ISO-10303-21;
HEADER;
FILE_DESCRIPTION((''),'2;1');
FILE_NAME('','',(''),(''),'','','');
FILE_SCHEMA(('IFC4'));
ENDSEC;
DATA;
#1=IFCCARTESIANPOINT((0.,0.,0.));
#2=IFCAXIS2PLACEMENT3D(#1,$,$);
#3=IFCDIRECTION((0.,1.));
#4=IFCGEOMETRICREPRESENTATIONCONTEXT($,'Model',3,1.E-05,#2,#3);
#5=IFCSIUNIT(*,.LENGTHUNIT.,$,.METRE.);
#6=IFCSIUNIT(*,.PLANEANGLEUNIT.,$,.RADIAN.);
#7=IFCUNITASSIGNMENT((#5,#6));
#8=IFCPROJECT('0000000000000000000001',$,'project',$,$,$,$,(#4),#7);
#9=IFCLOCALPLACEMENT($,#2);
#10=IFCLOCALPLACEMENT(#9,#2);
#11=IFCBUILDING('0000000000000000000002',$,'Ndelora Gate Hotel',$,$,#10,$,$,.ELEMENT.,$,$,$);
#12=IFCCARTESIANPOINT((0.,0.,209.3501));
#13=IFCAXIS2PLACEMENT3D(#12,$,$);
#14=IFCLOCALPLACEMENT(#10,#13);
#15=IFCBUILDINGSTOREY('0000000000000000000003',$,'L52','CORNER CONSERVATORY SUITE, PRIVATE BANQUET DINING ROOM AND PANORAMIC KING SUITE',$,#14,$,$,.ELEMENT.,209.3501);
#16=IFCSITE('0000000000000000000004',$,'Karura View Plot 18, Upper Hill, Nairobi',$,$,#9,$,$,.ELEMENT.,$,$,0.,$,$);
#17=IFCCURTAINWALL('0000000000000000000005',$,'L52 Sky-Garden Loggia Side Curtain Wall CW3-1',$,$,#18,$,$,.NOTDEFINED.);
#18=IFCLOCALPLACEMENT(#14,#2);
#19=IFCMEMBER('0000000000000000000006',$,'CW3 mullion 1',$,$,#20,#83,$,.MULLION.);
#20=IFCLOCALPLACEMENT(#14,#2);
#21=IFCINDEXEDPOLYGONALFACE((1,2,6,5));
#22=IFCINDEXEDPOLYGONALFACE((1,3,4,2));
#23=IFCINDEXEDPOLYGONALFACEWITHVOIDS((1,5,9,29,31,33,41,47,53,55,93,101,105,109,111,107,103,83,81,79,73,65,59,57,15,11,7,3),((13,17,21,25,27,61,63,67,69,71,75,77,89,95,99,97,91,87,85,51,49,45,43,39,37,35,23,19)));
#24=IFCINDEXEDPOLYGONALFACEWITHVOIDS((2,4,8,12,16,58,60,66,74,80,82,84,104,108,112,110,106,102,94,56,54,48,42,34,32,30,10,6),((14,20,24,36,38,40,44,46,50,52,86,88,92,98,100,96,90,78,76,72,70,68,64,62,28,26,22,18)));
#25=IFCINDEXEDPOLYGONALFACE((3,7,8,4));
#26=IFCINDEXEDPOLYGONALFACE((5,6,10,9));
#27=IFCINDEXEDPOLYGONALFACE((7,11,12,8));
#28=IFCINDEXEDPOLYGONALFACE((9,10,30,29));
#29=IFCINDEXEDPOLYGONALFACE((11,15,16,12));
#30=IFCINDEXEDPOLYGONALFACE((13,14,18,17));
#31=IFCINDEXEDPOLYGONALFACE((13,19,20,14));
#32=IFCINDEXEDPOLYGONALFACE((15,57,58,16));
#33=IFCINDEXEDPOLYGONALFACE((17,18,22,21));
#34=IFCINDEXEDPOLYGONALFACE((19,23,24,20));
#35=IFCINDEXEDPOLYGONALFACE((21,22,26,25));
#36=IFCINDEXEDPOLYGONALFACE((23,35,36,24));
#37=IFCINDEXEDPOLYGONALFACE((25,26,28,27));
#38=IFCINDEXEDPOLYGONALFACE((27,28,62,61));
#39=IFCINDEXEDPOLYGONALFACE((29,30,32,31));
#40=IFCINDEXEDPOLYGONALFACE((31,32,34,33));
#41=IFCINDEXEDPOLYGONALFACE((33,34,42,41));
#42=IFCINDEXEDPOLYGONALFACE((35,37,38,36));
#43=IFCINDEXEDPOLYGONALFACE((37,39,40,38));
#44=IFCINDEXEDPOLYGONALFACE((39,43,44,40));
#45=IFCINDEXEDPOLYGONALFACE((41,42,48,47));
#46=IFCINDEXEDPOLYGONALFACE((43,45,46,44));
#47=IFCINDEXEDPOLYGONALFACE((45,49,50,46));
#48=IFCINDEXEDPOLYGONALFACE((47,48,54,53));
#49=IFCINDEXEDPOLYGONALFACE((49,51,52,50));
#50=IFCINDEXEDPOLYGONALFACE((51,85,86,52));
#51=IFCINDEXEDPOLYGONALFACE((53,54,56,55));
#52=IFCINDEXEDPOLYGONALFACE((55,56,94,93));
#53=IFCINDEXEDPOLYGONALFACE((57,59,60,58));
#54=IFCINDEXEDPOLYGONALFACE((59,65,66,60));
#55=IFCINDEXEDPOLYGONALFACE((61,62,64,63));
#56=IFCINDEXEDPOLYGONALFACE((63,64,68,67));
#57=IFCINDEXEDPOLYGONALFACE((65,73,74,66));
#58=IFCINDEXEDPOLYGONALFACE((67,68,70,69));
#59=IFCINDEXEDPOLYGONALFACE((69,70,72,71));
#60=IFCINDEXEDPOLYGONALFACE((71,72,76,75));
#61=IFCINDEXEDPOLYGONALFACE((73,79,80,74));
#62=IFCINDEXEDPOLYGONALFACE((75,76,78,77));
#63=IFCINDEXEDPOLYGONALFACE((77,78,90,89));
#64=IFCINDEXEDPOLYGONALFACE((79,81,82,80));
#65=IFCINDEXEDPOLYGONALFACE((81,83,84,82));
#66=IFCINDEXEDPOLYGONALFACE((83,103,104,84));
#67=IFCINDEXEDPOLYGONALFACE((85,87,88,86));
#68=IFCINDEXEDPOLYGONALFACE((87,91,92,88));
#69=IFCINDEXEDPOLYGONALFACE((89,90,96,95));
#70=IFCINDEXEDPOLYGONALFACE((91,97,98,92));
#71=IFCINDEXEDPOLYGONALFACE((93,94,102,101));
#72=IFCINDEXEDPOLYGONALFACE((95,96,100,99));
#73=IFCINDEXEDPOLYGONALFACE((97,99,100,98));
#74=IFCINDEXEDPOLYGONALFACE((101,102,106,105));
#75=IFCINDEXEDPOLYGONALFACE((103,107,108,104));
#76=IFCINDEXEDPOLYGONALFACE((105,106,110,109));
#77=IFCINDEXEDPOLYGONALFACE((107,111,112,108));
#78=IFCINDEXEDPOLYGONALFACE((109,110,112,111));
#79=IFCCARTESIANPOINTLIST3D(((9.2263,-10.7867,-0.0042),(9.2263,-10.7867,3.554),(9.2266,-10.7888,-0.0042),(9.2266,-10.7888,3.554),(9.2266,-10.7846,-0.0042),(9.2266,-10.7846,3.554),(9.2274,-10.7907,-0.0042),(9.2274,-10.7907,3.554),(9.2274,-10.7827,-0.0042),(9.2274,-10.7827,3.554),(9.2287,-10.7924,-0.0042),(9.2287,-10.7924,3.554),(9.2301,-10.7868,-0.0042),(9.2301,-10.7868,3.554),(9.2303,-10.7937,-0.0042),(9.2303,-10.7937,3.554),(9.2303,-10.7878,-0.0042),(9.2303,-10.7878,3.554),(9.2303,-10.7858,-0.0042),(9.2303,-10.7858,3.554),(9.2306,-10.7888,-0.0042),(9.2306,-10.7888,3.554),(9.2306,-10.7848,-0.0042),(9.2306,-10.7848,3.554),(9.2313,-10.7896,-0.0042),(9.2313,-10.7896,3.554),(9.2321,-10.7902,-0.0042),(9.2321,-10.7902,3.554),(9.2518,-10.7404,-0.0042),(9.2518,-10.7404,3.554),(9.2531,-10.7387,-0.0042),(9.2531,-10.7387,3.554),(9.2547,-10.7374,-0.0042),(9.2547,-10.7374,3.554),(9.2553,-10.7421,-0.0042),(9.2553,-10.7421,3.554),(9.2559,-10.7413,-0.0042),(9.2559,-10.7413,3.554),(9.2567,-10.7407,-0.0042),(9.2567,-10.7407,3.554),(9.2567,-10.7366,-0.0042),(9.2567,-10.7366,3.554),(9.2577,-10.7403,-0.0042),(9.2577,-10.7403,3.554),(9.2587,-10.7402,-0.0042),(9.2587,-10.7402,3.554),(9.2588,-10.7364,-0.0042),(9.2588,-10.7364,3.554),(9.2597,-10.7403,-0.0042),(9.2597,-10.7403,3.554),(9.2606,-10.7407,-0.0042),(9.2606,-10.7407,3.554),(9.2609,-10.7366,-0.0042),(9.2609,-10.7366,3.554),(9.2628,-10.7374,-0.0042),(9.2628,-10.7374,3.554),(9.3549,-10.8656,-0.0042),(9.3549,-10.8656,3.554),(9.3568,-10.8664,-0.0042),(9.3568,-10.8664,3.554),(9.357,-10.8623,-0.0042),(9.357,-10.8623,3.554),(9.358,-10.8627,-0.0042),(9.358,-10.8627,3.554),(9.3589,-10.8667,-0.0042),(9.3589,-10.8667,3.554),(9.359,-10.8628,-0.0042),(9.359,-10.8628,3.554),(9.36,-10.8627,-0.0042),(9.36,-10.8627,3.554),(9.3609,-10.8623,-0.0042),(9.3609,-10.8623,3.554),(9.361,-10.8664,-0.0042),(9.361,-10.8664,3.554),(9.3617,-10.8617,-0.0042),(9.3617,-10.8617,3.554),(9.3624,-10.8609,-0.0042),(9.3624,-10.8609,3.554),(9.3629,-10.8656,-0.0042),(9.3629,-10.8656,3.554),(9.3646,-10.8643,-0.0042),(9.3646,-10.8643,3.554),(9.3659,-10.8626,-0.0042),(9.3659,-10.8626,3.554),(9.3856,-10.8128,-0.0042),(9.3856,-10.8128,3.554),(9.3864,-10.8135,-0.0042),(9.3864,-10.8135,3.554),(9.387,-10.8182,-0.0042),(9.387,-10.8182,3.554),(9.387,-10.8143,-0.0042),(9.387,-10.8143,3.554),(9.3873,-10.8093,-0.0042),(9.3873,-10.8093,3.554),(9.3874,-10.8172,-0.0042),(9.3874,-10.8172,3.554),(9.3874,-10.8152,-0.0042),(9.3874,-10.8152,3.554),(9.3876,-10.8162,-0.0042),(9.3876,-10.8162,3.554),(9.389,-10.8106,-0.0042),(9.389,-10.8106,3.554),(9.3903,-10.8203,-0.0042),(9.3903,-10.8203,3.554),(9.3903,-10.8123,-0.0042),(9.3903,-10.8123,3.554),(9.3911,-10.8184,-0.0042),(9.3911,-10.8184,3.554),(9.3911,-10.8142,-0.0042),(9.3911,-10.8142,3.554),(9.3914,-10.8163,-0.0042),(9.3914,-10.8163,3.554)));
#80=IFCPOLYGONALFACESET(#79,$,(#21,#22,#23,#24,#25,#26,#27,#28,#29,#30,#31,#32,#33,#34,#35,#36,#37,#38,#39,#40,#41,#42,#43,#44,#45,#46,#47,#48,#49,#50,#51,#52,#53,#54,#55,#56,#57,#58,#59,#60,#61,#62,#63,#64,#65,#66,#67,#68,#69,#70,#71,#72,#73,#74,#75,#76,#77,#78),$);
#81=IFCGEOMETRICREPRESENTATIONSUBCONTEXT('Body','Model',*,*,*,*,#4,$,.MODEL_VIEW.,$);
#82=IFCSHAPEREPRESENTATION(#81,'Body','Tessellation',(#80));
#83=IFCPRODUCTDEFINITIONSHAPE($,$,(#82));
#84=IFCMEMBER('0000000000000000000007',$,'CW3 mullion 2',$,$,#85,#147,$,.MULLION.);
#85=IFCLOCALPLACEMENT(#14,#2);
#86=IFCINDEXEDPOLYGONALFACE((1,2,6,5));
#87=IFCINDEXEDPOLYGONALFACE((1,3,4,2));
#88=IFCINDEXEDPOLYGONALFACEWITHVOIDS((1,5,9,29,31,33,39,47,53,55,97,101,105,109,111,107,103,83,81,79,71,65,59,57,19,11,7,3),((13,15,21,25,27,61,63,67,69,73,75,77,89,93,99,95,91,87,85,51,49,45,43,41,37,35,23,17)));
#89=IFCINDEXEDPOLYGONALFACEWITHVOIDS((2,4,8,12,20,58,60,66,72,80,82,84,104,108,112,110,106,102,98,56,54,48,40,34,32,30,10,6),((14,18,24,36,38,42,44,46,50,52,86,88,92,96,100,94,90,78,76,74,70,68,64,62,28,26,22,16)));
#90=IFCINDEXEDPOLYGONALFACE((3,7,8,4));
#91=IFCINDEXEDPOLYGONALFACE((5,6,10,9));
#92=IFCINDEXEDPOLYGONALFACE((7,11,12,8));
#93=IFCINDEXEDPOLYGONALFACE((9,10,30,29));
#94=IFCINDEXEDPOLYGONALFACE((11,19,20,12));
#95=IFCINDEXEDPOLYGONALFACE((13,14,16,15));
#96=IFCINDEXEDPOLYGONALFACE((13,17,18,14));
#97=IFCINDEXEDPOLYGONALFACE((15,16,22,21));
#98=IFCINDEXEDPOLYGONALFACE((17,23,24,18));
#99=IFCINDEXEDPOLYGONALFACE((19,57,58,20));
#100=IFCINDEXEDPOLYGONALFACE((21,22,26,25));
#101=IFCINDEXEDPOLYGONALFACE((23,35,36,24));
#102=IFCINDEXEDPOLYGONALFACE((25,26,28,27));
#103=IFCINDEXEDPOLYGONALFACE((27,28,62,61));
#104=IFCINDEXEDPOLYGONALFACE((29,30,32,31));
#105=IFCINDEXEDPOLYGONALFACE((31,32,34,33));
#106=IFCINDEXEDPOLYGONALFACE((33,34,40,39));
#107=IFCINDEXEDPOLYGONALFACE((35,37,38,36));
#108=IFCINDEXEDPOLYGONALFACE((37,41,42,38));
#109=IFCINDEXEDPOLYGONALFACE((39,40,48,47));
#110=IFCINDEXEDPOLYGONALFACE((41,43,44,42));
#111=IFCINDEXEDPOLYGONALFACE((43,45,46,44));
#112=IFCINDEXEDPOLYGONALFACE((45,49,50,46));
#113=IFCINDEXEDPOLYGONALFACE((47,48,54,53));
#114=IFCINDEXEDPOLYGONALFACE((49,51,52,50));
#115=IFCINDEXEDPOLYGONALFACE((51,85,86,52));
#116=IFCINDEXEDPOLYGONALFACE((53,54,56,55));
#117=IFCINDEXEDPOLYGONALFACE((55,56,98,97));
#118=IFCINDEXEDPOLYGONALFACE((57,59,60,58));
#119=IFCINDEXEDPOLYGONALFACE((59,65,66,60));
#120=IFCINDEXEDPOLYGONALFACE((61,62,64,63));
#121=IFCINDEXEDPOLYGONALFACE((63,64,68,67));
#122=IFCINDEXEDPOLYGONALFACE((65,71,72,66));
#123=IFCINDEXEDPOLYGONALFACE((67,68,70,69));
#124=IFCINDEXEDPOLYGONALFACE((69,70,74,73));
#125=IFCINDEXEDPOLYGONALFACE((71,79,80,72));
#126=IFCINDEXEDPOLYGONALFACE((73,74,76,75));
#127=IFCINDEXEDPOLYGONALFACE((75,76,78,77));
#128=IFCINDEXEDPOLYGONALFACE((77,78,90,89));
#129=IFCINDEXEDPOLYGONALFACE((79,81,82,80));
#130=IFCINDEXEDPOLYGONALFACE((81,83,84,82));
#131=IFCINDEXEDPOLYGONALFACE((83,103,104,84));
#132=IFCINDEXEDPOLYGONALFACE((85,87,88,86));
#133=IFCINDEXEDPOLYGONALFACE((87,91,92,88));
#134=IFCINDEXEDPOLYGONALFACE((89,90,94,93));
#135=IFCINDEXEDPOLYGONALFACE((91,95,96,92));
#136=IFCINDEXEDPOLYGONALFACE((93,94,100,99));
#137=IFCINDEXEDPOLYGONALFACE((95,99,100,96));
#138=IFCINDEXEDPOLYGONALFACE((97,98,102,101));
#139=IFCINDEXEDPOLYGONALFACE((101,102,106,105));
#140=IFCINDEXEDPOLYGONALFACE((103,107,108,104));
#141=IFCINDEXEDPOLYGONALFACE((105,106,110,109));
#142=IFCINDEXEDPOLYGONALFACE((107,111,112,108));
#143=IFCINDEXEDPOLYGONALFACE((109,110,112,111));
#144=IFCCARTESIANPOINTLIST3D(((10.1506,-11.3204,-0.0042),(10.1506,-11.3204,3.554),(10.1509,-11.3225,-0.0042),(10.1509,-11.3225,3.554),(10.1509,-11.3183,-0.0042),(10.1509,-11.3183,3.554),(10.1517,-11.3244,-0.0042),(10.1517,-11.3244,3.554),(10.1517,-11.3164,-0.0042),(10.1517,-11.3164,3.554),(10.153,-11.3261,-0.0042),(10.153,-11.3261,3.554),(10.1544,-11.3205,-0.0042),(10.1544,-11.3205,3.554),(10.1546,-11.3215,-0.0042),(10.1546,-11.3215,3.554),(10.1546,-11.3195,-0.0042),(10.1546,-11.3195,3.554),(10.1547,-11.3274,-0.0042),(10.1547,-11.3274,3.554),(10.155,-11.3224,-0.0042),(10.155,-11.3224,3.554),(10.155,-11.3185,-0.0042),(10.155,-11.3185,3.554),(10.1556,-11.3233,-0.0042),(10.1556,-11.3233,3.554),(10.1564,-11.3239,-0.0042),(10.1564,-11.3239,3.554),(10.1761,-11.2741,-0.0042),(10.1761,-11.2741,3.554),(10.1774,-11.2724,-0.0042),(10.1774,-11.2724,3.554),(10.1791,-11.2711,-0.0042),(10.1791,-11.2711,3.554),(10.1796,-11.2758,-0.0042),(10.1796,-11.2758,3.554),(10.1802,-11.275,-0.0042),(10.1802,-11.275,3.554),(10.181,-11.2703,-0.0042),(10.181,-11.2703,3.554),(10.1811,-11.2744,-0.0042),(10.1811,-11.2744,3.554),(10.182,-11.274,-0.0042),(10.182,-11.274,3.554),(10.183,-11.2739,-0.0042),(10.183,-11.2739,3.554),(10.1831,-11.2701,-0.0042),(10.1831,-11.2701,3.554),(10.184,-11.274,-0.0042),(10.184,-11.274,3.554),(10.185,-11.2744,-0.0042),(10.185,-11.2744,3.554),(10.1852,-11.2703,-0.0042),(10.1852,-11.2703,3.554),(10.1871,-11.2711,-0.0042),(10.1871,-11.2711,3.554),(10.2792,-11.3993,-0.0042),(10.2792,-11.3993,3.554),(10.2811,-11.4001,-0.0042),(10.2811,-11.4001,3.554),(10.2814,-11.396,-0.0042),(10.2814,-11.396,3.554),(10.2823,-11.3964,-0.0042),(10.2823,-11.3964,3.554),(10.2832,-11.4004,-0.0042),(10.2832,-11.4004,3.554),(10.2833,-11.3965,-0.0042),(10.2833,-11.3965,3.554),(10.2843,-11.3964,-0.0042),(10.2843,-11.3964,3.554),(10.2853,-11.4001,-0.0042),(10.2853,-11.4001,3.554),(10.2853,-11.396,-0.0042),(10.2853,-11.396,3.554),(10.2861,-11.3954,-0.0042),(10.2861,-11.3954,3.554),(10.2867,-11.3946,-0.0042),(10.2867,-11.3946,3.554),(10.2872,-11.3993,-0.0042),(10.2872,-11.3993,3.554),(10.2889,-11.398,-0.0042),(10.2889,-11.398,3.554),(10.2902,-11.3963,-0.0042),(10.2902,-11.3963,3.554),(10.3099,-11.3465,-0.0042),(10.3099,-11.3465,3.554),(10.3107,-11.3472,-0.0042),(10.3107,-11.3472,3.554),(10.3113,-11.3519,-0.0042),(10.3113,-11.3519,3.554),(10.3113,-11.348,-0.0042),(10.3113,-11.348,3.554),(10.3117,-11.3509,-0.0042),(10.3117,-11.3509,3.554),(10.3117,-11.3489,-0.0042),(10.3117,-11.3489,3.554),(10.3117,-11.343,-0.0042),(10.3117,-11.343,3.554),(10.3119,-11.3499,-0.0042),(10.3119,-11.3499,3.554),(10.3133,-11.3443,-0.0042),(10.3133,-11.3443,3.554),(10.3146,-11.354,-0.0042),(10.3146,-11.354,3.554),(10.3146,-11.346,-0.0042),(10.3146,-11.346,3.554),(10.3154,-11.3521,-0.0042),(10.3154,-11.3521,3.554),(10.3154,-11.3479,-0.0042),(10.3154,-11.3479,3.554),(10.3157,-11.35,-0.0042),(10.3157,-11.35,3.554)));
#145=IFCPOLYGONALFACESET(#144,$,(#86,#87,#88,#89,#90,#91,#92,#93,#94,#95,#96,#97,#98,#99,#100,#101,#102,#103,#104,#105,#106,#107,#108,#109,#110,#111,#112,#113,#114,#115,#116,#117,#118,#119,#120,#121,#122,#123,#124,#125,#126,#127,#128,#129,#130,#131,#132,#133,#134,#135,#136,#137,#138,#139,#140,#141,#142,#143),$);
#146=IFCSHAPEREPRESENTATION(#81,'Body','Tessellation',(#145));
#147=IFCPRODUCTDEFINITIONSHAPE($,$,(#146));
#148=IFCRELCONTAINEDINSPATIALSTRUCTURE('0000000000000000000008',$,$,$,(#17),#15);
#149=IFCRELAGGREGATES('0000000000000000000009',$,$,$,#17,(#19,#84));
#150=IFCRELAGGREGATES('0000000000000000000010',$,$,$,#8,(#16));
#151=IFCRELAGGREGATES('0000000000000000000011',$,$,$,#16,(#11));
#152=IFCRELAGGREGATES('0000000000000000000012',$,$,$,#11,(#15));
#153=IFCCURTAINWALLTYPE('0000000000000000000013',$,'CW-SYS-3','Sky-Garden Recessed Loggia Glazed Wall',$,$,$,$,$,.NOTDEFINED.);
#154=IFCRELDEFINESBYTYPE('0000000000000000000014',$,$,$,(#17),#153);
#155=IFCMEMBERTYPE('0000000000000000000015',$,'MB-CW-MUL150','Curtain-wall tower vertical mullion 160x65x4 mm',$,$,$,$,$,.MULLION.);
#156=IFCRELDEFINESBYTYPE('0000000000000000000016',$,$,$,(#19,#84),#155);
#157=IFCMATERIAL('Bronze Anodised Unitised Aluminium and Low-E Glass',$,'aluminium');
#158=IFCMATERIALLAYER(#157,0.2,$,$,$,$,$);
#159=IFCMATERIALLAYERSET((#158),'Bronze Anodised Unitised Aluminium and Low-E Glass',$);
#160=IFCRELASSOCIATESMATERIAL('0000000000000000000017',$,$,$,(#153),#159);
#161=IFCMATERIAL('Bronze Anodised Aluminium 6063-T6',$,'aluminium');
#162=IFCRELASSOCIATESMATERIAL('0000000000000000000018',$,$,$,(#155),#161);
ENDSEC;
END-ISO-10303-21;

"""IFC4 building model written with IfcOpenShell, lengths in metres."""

from ifc_helpers import new_model, si_unit, direction, frame, origin, origin_2d, place, context, subcontext, project, spatial, hollow_rectangle, extrude, material, layer, layer_set, material_profile, profile_set, type_object, element, aggregate, save


model = new_model("IFC4")

# Units and contexts
model_context = context("Model", 3, precision=1e-05, world=origin(), true_north=direction((0.0, 1.0)))
body_context = subcontext(model_context, "Body", "Model", "MODEL_VIEW")
ifc_project = project(units=[si_unit("LENGTHUNIT", "METRE"), si_unit("PLANEANGLEUNIT", "RADIAN")], contexts=[model_context])

# Site, building, storey
site_placement = place(None, origin())
site = spatial("IfcSite", under=ifc_project, at=site_placement, Name="Karura View Plot 18, Upper Hill, Nairobi", CompositionType="ELEMENT", RefElevation=0.0)
building_placement = place(site_placement, origin())
building = spatial("IfcBuilding", under=site, at=building_placement, Name="Ndelora Gate Hotel", CompositionType="ELEMENT")
storey_placement = place(building_placement, frame((0.0, 0.0, 209.3501)))
storey = spatial("IfcBuildingStorey", under=building, at=storey_placement, Name="L52", Description="CORNER CONSERVATORY SUITE, PRIVATE BANQUET DINING ROOM AND PANORAMIC KING SUITE", CompositionType="ELEMENT", Elevation=209.3501)

# Curtain wall, members
ifc_material_1 = material(Name="Bronze Anodised Unitised Aluminium and Low-E Glass", Category="aluminium")
ifc_layer_1 = layer(ifc_material_1, 0.2)
ifc_layer_set_1 = layer_set([ifc_layer_1], Name="Bronze Anodised Unitised Aluminium and Low-E Glass")
curtain_wall_type = type_object("IfcCurtainWallType", Name="CW-SYS-3", Description="Sky-Garden Recessed Loggia Glazed Wall", PredefinedType="NOTDEFINED", material=ifc_layer_set_1)
curtain_wall_placement = place(storey_placement, origin())
curtain_wall = element("IfcCurtainWall", 1, at=curtain_wall_placement, inside=storey, type_object=curtain_wall_type, Name="L52 Sky-Garden Loggia Side Curtain Wall CW3-1", PredefinedType="NOTDEFINED")
ifc_material_2 = material(Name="Bronze Anodised Aluminium 6063-T6", Category="aluminium")
ifc_material_profile_1 = material_profile(ifc_material_2, hollow_rectangle(XDim=0.0649, YDim=0.1599, WallThickness=0.0039, InnerFilletRadius=0.0039, OuterFilletRadius=0.0081, at=origin_2d()), Name="ALU 160x65x4")
ifc_profile_set_1 = profile_set([ifc_material_profile_1], Name="Bronze Anodised Aluminium 6063-T6")
member_type_1 = type_object("IfcMemberType", Name="MB-CW-MUL150", Description="Curtain-wall tower vertical mullion 160x65x4 mm", PredefinedType="MULLION", material=ifc_profile_set_1)
member_1_placement = place(storey_placement, frame((9.3088, -10.8015, -0.0042), z_axis=(0.0, 0.0, 1.0), x_axis=(0.499991, 0.86603, 0.0)))
member_1 = element("IfcMember", 2, at=member_1_placement, type_object=member_type_1, Name="CW3 mullion 1", PredefinedType="MULLION", context=body_context, shape_type="SweptSolid", body=[
    extrude(hollow_rectangle(XDim=0.0649, YDim=0.1599, WallThickness=0.0039, InnerFilletRadius=0.0039, OuterFilletRadius=0.0081, at=origin_2d()), origin(), (0.0, 0.0, 1.0), 3.5581),
])
member_2_placement = place(storey_placement, frame((10.2332, -11.3352, -0.0042), z_axis=(0.0, 0.0, 1.0), x_axis=(0.499991, 0.86603, 0.0)))
member_2 = element("IfcMember", 3, at=member_2_placement, type_object=member_type_1, Name="CW3 mullion 2", PredefinedType="MULLION", context=body_context, shape_type="SweptSolid", body=[
    extrude(hollow_rectangle(XDim=0.0649, YDim=0.1599, WallThickness=0.0039, InnerFilletRadius=0.0039, OuterFilletRadius=0.0081, at=origin_2d()), origin(), (0.0, 0.0, 1.0), 3.5581),
])
aggregate(curtain_wall, [member_1, member_2])

save(model, "model.ifc")
